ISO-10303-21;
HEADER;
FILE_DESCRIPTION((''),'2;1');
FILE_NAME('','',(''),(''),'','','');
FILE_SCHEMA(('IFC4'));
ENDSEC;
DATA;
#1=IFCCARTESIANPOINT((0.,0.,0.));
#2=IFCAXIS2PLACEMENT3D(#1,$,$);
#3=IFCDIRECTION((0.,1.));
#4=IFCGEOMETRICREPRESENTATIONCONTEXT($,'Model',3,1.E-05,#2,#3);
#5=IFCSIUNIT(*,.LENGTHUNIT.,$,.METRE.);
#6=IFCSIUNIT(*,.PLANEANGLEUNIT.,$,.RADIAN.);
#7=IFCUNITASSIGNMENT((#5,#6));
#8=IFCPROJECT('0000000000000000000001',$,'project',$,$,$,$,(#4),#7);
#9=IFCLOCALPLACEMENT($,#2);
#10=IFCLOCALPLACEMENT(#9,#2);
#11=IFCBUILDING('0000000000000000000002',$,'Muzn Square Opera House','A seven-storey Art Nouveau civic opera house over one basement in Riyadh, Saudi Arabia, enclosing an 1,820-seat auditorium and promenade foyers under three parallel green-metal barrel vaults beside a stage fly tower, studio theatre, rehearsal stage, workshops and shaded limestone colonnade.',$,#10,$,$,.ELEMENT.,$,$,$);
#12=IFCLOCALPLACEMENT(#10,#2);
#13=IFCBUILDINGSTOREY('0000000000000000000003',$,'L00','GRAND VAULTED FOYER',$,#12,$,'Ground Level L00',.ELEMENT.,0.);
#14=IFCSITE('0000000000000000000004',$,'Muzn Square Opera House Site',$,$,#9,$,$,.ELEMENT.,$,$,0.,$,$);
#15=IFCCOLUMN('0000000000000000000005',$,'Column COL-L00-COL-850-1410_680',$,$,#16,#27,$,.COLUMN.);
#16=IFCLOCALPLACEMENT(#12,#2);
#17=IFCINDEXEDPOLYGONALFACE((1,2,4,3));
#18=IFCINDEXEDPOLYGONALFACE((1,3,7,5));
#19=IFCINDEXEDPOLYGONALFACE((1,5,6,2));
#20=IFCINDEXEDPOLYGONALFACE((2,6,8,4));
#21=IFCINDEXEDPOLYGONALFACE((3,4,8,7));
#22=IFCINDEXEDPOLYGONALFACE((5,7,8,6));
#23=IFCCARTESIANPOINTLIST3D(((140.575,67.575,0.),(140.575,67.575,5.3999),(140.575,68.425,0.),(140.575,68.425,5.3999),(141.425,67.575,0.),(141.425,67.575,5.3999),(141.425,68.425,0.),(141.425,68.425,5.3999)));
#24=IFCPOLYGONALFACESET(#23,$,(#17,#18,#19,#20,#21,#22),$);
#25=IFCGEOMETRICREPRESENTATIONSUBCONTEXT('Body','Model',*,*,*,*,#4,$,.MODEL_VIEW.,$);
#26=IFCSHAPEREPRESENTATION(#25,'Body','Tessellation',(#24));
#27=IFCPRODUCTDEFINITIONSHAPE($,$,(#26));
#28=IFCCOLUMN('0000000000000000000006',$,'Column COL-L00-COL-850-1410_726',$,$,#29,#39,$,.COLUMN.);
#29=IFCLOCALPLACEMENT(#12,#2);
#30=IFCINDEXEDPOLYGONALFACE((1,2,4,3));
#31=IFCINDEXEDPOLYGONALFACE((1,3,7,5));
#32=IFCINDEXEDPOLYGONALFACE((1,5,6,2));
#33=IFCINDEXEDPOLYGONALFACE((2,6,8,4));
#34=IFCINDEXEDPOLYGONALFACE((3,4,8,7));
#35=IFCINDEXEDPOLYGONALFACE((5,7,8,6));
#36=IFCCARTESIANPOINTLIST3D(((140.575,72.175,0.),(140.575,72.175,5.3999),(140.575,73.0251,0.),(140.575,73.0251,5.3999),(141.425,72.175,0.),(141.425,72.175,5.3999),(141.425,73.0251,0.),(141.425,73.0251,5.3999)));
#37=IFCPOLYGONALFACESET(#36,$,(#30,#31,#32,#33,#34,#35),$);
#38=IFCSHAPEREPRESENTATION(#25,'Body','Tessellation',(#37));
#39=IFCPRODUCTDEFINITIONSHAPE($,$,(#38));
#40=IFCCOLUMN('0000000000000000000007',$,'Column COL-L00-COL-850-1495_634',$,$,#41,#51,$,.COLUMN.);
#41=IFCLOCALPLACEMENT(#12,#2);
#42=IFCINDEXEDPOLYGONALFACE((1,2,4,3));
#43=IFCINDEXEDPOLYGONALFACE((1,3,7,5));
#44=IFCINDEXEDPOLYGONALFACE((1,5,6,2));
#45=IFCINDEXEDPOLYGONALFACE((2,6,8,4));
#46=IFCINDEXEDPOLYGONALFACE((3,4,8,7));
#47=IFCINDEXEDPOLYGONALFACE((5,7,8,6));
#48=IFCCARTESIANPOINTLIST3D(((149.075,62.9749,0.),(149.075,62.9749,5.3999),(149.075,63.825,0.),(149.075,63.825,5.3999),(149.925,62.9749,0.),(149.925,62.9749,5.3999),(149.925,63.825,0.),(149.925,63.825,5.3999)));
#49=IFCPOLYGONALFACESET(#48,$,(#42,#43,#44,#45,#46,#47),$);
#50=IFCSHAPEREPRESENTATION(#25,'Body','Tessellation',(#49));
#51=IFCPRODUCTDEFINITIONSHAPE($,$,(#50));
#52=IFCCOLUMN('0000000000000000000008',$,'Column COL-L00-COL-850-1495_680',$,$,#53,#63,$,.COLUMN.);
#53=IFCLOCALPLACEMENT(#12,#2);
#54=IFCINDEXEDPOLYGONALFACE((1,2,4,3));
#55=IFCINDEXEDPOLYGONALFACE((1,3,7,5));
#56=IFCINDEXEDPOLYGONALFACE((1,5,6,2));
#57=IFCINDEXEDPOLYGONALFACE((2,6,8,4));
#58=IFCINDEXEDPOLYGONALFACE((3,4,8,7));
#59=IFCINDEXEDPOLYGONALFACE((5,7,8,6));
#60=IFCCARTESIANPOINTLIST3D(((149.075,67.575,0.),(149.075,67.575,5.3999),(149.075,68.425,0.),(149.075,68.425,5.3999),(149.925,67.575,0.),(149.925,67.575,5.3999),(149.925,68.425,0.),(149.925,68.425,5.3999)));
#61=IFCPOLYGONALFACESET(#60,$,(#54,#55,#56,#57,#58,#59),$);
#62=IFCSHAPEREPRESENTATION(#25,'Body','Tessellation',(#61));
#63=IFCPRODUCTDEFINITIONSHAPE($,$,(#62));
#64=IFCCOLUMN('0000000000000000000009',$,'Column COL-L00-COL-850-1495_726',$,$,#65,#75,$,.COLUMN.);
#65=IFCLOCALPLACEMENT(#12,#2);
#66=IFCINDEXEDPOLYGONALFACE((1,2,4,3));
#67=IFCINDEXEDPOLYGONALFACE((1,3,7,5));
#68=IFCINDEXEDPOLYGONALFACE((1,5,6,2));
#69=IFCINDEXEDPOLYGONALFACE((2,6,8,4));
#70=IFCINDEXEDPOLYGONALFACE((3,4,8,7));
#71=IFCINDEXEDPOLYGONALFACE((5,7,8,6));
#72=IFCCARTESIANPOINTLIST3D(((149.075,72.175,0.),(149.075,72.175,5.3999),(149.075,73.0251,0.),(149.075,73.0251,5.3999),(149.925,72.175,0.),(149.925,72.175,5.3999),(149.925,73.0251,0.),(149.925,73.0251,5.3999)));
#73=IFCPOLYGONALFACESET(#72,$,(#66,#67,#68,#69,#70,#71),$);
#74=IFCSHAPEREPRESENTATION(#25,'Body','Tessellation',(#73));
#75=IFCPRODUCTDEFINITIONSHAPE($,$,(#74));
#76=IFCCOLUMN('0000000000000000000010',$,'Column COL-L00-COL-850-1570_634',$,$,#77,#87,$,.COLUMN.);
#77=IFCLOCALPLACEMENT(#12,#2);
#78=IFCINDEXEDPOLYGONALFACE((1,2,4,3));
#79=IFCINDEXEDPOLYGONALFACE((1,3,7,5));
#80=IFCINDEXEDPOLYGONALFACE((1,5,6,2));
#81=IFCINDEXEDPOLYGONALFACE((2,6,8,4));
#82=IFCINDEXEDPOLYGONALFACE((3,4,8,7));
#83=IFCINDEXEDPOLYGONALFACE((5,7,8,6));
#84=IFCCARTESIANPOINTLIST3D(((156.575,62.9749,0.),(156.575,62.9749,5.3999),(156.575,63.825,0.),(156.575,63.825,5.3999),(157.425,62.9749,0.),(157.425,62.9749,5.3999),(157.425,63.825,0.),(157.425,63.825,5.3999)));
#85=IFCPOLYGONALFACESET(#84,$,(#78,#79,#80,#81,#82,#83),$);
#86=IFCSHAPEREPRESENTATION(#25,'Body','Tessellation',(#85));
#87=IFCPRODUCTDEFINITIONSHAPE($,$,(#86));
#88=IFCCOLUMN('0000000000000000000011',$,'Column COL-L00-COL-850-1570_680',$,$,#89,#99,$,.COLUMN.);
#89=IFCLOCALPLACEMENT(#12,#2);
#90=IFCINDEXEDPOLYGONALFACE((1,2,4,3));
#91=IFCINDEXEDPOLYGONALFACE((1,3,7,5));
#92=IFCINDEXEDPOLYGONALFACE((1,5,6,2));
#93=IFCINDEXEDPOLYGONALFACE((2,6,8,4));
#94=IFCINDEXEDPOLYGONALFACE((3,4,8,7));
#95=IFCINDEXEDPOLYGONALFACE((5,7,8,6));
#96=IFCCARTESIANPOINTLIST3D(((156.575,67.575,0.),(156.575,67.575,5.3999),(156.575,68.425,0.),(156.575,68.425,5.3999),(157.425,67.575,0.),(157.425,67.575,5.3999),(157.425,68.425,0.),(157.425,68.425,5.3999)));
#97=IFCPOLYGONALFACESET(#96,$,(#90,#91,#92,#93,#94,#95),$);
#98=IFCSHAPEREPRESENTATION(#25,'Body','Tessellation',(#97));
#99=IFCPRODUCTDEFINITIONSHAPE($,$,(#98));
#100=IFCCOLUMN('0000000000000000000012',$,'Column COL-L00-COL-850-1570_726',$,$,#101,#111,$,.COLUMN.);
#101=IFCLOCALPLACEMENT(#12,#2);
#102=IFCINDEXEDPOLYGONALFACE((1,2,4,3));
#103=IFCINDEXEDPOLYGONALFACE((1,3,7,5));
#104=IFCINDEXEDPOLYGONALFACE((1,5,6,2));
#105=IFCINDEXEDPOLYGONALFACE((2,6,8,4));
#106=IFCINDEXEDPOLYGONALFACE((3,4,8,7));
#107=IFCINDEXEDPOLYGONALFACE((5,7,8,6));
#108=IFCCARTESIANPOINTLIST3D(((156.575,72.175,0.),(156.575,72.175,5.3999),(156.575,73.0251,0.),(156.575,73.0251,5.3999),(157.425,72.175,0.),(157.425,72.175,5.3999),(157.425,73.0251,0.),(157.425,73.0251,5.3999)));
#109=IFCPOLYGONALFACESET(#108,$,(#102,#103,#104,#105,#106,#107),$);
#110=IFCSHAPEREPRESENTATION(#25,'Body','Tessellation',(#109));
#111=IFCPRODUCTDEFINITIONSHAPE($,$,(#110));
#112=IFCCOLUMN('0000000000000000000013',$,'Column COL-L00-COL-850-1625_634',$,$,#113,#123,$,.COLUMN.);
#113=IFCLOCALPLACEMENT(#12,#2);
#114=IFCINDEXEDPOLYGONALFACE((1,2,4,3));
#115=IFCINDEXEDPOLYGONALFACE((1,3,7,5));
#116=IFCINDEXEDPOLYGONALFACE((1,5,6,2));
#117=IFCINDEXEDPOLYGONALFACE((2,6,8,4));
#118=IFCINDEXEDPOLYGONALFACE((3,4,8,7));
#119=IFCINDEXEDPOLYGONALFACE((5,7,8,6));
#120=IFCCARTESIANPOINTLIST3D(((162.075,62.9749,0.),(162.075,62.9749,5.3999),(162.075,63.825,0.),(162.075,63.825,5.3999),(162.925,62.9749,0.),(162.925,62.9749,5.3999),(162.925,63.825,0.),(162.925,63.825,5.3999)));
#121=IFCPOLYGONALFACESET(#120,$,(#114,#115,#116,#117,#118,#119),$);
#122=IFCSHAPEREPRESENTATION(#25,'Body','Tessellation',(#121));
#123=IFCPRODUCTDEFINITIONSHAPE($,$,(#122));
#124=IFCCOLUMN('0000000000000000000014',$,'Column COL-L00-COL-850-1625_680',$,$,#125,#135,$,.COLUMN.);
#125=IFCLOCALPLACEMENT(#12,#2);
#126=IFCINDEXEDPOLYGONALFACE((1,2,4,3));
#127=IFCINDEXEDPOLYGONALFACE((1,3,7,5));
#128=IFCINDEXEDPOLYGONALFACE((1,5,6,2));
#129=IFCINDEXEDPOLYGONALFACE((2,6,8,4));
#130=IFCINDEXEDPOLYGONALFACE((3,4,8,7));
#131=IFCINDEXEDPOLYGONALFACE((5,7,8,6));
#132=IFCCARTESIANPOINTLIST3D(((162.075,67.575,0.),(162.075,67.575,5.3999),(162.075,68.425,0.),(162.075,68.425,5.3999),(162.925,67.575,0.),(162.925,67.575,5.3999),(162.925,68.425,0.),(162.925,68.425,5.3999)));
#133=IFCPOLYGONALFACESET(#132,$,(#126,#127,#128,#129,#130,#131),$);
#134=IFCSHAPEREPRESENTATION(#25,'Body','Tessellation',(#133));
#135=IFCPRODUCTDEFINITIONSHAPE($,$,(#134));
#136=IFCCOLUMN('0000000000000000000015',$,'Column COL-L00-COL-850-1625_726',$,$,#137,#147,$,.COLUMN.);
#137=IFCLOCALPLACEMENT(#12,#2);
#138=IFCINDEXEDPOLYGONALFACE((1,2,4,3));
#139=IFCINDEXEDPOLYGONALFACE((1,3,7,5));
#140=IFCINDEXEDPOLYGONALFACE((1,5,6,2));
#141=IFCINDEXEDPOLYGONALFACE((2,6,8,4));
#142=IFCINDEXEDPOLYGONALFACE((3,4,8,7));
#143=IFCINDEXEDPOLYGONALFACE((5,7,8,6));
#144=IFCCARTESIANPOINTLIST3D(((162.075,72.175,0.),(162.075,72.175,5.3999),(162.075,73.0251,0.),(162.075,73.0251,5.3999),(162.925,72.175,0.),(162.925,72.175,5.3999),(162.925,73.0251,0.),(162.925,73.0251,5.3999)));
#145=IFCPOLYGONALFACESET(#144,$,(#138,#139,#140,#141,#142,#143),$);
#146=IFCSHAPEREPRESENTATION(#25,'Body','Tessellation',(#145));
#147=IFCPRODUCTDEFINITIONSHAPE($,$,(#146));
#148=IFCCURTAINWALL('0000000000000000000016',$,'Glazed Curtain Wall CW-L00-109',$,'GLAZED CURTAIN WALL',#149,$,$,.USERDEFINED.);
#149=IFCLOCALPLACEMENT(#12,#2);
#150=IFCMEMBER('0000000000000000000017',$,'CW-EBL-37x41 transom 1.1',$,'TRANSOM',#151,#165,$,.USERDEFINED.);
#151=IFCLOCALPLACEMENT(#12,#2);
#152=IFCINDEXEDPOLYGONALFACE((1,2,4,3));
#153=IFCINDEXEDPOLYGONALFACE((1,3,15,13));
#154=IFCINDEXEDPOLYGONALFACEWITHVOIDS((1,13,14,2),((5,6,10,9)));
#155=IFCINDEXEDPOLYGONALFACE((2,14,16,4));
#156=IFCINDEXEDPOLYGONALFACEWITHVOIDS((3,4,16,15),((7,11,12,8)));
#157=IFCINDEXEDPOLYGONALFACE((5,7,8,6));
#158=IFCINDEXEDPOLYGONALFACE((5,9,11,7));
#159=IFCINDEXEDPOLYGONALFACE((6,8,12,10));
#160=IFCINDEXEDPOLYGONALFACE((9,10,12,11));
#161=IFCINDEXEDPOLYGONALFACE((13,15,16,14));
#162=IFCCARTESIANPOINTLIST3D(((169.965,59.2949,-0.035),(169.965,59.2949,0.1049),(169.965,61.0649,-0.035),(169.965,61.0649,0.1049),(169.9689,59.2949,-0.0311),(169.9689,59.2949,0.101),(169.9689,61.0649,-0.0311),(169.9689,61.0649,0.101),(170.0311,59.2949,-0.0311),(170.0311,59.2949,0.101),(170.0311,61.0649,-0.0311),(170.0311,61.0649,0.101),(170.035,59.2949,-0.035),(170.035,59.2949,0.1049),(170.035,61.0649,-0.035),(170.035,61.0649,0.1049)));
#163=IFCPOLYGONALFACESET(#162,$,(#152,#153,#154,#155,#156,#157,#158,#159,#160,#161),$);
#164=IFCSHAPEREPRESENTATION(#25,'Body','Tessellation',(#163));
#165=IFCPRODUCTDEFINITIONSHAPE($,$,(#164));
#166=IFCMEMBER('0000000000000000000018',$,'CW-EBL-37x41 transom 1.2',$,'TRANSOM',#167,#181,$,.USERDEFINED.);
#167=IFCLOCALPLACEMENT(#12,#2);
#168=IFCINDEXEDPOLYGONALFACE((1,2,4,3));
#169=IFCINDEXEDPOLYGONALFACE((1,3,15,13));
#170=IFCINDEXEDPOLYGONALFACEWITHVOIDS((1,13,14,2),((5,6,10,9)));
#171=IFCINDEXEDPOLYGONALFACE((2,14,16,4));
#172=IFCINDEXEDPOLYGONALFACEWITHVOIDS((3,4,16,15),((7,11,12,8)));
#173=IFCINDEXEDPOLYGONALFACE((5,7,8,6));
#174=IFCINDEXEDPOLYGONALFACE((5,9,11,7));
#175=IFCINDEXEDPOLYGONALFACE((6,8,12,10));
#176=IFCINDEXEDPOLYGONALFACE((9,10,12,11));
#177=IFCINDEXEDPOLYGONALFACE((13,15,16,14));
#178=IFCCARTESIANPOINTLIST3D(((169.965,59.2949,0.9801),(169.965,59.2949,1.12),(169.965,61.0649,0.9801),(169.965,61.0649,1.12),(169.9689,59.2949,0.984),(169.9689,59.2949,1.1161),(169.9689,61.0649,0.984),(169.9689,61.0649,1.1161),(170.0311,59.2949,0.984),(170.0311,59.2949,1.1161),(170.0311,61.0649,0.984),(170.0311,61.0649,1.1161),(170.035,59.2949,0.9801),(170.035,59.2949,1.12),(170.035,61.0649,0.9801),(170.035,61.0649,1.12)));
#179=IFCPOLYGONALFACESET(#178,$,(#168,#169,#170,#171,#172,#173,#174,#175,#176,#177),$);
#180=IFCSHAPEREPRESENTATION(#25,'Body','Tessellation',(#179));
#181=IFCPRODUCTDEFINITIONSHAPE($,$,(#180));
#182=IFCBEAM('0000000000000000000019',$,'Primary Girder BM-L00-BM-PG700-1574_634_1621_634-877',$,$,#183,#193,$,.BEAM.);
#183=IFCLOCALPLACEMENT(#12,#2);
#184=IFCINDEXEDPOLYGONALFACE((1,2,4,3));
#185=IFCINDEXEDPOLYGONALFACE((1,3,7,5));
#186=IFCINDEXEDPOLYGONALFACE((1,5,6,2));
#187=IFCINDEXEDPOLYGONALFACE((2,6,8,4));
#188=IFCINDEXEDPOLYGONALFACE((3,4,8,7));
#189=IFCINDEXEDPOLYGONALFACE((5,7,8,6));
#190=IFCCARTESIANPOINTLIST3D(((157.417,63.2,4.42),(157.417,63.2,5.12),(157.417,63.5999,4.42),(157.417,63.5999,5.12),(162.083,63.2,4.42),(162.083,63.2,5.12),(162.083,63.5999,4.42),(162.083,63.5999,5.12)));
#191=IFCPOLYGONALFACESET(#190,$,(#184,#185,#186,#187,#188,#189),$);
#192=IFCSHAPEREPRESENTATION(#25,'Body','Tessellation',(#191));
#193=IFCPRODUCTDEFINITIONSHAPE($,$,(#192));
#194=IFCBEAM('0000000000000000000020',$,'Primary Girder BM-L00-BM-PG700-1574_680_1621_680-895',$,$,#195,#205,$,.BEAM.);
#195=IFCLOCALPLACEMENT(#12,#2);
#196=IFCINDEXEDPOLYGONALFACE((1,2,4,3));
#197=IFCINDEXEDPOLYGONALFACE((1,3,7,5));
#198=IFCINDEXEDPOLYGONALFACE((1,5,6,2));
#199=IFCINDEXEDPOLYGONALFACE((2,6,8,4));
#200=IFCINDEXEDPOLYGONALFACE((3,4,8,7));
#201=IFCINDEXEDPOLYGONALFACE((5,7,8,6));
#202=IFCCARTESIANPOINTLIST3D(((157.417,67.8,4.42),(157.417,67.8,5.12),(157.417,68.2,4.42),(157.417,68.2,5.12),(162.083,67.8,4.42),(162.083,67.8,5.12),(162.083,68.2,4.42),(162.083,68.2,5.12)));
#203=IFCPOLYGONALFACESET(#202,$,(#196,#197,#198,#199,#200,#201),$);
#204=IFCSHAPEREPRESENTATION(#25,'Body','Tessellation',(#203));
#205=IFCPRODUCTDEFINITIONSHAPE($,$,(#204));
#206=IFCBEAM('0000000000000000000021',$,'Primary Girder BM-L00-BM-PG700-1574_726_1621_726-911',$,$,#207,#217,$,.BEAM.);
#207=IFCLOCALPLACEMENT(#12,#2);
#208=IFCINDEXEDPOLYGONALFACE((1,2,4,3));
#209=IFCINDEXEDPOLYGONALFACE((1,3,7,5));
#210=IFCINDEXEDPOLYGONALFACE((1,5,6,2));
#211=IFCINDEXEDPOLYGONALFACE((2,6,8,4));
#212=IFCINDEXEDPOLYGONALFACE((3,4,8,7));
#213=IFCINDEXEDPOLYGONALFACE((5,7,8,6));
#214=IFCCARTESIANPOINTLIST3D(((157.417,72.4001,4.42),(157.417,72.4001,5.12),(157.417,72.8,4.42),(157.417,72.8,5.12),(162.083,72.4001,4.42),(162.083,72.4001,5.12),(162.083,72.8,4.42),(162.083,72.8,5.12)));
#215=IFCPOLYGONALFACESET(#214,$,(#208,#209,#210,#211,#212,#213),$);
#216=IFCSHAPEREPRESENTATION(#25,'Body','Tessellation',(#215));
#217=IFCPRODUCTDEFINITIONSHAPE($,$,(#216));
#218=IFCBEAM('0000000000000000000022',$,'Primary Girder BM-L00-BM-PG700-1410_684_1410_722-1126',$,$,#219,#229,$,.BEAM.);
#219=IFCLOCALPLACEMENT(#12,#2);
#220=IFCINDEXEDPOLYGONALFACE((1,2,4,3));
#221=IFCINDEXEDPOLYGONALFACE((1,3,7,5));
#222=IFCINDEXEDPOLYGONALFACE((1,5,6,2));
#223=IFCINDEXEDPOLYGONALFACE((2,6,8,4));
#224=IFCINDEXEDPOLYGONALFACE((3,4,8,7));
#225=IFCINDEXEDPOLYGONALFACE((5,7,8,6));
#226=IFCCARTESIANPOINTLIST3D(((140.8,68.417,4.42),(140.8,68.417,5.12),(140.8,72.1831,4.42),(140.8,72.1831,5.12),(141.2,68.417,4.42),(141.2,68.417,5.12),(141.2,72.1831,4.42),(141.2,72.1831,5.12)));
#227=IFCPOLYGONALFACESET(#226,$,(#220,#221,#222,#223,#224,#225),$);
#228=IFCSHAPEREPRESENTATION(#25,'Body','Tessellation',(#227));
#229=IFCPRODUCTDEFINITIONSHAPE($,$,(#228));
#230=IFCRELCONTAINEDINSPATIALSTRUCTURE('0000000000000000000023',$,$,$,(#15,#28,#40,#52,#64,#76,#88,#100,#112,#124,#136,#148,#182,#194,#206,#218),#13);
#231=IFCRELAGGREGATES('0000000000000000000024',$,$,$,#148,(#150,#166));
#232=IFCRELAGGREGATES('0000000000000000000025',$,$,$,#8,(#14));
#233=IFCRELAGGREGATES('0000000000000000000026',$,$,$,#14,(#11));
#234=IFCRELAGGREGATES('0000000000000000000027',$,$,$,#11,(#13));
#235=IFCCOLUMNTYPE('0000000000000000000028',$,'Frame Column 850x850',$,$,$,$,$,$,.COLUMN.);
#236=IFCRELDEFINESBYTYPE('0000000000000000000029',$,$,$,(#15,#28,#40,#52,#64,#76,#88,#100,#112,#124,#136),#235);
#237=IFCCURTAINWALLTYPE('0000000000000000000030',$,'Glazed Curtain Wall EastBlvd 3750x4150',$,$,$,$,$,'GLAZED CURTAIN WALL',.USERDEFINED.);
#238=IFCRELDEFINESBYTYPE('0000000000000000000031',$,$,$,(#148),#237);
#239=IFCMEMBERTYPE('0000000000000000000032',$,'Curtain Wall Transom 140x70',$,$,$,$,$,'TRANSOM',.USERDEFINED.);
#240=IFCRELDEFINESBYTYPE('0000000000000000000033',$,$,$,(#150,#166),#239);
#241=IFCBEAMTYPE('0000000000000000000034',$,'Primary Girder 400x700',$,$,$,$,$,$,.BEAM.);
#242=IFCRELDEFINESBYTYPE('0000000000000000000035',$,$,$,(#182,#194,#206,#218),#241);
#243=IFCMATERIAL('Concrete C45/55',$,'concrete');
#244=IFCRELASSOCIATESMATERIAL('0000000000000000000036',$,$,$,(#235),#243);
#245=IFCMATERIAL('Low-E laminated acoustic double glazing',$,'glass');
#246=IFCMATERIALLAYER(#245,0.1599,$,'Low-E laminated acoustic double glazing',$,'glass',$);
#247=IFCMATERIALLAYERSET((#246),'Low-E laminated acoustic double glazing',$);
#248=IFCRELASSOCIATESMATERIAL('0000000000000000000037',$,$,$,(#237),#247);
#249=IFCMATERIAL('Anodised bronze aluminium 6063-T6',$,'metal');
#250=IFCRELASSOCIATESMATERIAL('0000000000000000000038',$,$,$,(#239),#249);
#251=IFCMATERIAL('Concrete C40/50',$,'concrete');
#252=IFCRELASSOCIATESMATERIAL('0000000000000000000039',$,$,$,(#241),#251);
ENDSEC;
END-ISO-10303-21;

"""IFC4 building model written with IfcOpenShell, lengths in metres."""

from ifc_helpers import new_model, si_unit, direction, frame, origin, origin_2d, place, context, subcontext, project, spatial, rectangle, hollow_rectangle, extrude, material, layer, layer_set, material_profile, profile_set, type_object, element, aggregate, save


model = new_model("IFC4")

# Units and contexts
model_context = context("Model", 3, precision=1e-05, world=origin(), true_north=direction((0.0, 1.0)))
body_context = subcontext(model_context, "Body", "Model", "MODEL_VIEW")
ifc_project = project(units=[si_unit("LENGTHUNIT", "METRE"), si_unit("PLANEANGLEUNIT", "RADIAN")], contexts=[model_context])

# Site, building, storey
site_placement = place(None, origin())
site = spatial("IfcSite", under=ifc_project, at=site_placement, Name="Muzn Square Opera House Site", CompositionType="ELEMENT", RefElevation=0.0)
building_placement = place(site_placement, origin())
building = spatial("IfcBuilding", under=site, at=building_placement, Name="Muzn Square Opera House", Description="A seven-storey Art Nouveau civic opera house over one basement in Riyadh, Saudi Arabia, enclosing an 1,820-seat auditorium and promenade foyers under three parallel green-metal barrel vaults beside a stage fly tower, studio theatre, rehearsal stage, workshops and shaded limestone colonnade.", CompositionType="ELEMENT")
storey_placement = place(building_placement, origin())
storey = spatial("IfcBuildingStorey", under=building, at=storey_placement, Name="L00", Description="GRAND VAULTED FOYER", LongName="Ground Level L00", CompositionType="ELEMENT", Elevation=0.0)

# Columns
ifc_material_1 = material(Name="Concrete C45/55", Category="concrete")
ifc_material_profile_1 = material_profile(ifc_material_1, rectangle(XDim=0.8501, YDim=0.8501, at=origin_2d()), Name="RC 850x850", Category="concrete")
ifc_profile_set_1 = profile_set([ifc_material_profile_1], Name="Concrete C45/55")
column_type = type_object("IfcColumnType", Name="Frame Column 850x850", PredefinedType="COLUMN", material=ifc_profile_set_1)
for number, where, z_axis, x_axis, name in (
    (1, (141.0, 68.0, 0.0), (0.0, 0.0, 1.0), (1.0, 0.0, 0.0), "Column COL-L00-COL-850-1410_680"),
    (2, (141.0, 72.6001, 0.0), (0.0, 0.0, 1.0), (1.0, 0.0, 0.0), "Column COL-L00-COL-850-1410_726"),
    (3, (149.5, 63.3999, 0.0), (0.0, 0.0, 1.0), (1.0, 0.0, 0.0), "Column COL-L00-COL-850-1495_634"),
    (4, (149.5, 68.0, 0.0), (0.0, 0.0, 1.0), (1.0, 0.0, 0.0), "Column COL-L00-COL-850-1495_680"),
    (5, (149.5, 72.6001, 0.0), (0.0, 0.0, 1.0), (1.0, 0.0, 0.0), "Column COL-L00-COL-850-1495_726"),
    (6, (157.0, 63.3999, 0.0), (0.0, 0.0, 1.0), (1.0, 0.0, 0.0), "Column COL-L00-COL-850-1570_634"),
    (7, (157.0, 68.0, 0.0), (0.0, 0.0, 1.0), (1.0, 0.0, 0.0), "Column COL-L00-COL-850-1570_680"),
    (8, (157.0, 72.6001, 0.0), (0.0, 0.0, 1.0), (1.0, 0.0, 0.0), "Column COL-L00-COL-850-1570_726"),
    (9, (162.5, 63.3999, 0.0), (0.0, 0.0, 1.0), (1.0, 0.0, 0.0), "Column COL-L00-COL-850-1625_634"),
    (10, (162.5, 68.0, 0.0), (0.0, 0.0, 1.0), (1.0, 0.0, 0.0), "Column COL-L00-COL-850-1625_680"),
    (11, (162.5, 72.6001, 0.0), (0.0, 0.0, 1.0), (1.0, 0.0, 0.0), "Column COL-L00-COL-850-1625_726"),
):
    element("IfcColumn", number, at=place(storey_placement, frame(where, z_axis=z_axis, x_axis=x_axis)), inside=storey, type_object=column_type, Name=name, PredefinedType="COLUMN", context=body_context, shape_type="SweptSolid", body=[
        extrude(rectangle(XDim=0.8501, YDim=0.8501, at=origin_2d()), origin(), (0.0, 0.0, 1.0), 5.3999),
    ])

# Curtain wall, members
ifc_material_2 = material(Name="Low-E laminated acoustic double glazing", Category="glass")
ifc_layer_1 = layer(ifc_material_2, 0.1599, Name="Low-E laminated acoustic double glazing", Category="glass")
ifc_layer_set_1 = layer_set([ifc_layer_1], Name="Low-E laminated acoustic double glazing")
curtain_wall_type = type_object("IfcCurtainWallType", Name="Glazed Curtain Wall EastBlvd 3750x4150", ElementType="GLAZED CURTAIN WALL", PredefinedType="USERDEFINED", material=ifc_layer_set_1)
curtain_wall_placement = place(storey_placement, origin())
curtain_wall = element("IfcCurtainWall", 12, at=curtain_wall_placement, inside=storey, type_object=curtain_wall_type, Name="Glazed Curtain Wall CW-L00-109", ObjectType="GLAZED CURTAIN WALL", PredefinedType="USERDEFINED")
ifc_material_3 = material(Name="Anodised bronze aluminium 6063-T6", Category="metal")
ifc_material_profile_2 = material_profile(ifc_material_3, hollow_rectangle(XDim=0.0701, YDim=0.1399, WallThickness=0.0039, at=origin_2d()), Name="ALU 140x70x4", Category="metal")
ifc_profile_set_2 = profile_set([ifc_material_profile_2], Name="Anodised bronze aluminium 6063-T6")
member_type = type_object("IfcMemberType", Name="Curtain Wall Transom 140x70", ElementType="TRANSOM", PredefinedType="USERDEFINED", material=ifc_profile_set_2)
member_1_placement = place(storey_placement, frame((170.0, 59.2949, 0.0349), z_axis=(0.0, 1.0, 0.0), x_axis=(-1.0, 0.0, 0.0)))
member_1 = element("IfcMember", 13, at=member_1_placement, type_object=member_type, Name="CW-EBL-37x41 transom 1.1", ObjectType="TRANSOM", PredefinedType="USERDEFINED", context=body_context, shape_type="SweptSolid", body=[
    extrude(hollow_rectangle(XDim=0.0701, YDim=0.1399, WallThickness=0.0039, at=origin_2d()), origin(), (0.0, 0.0, 1.0), 1.77),
])
member_2_placement = place(storey_placement, frame((170.0, 59.2949, 1.05), z_axis=(0.0, 1.0, 0.0), x_axis=(-1.0, 0.0, 0.0)))
member_2 = element("IfcMember", 14, at=member_2_placement, type_object=member_type, Name="CW-EBL-37x41 transom 1.2", ObjectType="TRANSOM", PredefinedType="USERDEFINED", context=body_context, shape_type="SweptSolid", body=[
    extrude(hollow_rectangle(XDim=0.0701, YDim=0.1399, WallThickness=0.0039, at=origin_2d()), origin(), (0.0, 0.0, 1.0), 1.77),
])
aggregate(curtain_wall, [member_1, member_2])

# Beams
ifc_material_4 = material(Name="Concrete C40/50", Category="concrete")
ifc_material_profile_3 = material_profile(ifc_material_4, rectangle(XDim=0.3999, YDim=0.7, at=origin_2d()), Name="RCB 400x700", Category="concrete")
ifc_profile_set_3 = profile_set([ifc_material_profile_3], Name="Concrete C40/50")
beam_type_1 = type_object("IfcBeamType", Name="Primary Girder 400x700", PredefinedType="BEAM", material=ifc_profile_set_3)
for number, where, z_axis, x_axis, name in (
    (15, (157.417, 63.3999, 4.77), (1.0, 0.0, 0.0), (0.0, 1.0, 0.0), "Primary Girder BM-L00-BM-PG700-1574_634_1621_634-877"),
    (16, (157.417, 68.0, 4.77), (1.0, 0.0, 0.0), (0.0, 1.0, 0.0), "Primary Girder BM-L00-BM-PG700-1574_680_1621_680-895"),
    (17, (157.417, 72.6001, 4.77), (1.0, 0.0, 0.0), (0.0, 1.0, 0.0), "Primary Girder BM-L00-BM-PG700-1574_726_1621_726-911"),
):
    element("IfcBeam", number, at=place(storey_placement, frame(where, z_axis=z_axis, x_axis=x_axis)), inside=storey, type_object=beam_type_1, Name=name, PredefinedType="BEAM", context=body_context, shape_type="SweptSolid", body=[
        extrude(rectangle(XDim=0.3999, YDim=0.7, at=origin_2d()), origin(), (0.0, 0.0, 1.0), 4.666),
    ])
for number, where, z_axis, x_axis, name in (
    (18, (141.0, 68.417, 4.77), (0.0, 1.0, 0.0), (-1.0, 0.0, 0.0), "Primary Girder BM-L00-BM-PG700-1410_684_1410_722-1126"),
):
    element("IfcBeam", number, at=place(storey_placement, frame(where, z_axis=z_axis, x_axis=x_axis)), inside=storey, type_object=beam_type_1, Name=name, PredefinedType="BEAM", context=body_context, shape_type="SweptSolid", body=[
        extrude(rectangle(XDim=0.3999, YDim=0.7, at=origin_2d()), origin(), (0.0, 0.0, 1.0), 3.7661),
    ])

save(model, "model.ifc")
